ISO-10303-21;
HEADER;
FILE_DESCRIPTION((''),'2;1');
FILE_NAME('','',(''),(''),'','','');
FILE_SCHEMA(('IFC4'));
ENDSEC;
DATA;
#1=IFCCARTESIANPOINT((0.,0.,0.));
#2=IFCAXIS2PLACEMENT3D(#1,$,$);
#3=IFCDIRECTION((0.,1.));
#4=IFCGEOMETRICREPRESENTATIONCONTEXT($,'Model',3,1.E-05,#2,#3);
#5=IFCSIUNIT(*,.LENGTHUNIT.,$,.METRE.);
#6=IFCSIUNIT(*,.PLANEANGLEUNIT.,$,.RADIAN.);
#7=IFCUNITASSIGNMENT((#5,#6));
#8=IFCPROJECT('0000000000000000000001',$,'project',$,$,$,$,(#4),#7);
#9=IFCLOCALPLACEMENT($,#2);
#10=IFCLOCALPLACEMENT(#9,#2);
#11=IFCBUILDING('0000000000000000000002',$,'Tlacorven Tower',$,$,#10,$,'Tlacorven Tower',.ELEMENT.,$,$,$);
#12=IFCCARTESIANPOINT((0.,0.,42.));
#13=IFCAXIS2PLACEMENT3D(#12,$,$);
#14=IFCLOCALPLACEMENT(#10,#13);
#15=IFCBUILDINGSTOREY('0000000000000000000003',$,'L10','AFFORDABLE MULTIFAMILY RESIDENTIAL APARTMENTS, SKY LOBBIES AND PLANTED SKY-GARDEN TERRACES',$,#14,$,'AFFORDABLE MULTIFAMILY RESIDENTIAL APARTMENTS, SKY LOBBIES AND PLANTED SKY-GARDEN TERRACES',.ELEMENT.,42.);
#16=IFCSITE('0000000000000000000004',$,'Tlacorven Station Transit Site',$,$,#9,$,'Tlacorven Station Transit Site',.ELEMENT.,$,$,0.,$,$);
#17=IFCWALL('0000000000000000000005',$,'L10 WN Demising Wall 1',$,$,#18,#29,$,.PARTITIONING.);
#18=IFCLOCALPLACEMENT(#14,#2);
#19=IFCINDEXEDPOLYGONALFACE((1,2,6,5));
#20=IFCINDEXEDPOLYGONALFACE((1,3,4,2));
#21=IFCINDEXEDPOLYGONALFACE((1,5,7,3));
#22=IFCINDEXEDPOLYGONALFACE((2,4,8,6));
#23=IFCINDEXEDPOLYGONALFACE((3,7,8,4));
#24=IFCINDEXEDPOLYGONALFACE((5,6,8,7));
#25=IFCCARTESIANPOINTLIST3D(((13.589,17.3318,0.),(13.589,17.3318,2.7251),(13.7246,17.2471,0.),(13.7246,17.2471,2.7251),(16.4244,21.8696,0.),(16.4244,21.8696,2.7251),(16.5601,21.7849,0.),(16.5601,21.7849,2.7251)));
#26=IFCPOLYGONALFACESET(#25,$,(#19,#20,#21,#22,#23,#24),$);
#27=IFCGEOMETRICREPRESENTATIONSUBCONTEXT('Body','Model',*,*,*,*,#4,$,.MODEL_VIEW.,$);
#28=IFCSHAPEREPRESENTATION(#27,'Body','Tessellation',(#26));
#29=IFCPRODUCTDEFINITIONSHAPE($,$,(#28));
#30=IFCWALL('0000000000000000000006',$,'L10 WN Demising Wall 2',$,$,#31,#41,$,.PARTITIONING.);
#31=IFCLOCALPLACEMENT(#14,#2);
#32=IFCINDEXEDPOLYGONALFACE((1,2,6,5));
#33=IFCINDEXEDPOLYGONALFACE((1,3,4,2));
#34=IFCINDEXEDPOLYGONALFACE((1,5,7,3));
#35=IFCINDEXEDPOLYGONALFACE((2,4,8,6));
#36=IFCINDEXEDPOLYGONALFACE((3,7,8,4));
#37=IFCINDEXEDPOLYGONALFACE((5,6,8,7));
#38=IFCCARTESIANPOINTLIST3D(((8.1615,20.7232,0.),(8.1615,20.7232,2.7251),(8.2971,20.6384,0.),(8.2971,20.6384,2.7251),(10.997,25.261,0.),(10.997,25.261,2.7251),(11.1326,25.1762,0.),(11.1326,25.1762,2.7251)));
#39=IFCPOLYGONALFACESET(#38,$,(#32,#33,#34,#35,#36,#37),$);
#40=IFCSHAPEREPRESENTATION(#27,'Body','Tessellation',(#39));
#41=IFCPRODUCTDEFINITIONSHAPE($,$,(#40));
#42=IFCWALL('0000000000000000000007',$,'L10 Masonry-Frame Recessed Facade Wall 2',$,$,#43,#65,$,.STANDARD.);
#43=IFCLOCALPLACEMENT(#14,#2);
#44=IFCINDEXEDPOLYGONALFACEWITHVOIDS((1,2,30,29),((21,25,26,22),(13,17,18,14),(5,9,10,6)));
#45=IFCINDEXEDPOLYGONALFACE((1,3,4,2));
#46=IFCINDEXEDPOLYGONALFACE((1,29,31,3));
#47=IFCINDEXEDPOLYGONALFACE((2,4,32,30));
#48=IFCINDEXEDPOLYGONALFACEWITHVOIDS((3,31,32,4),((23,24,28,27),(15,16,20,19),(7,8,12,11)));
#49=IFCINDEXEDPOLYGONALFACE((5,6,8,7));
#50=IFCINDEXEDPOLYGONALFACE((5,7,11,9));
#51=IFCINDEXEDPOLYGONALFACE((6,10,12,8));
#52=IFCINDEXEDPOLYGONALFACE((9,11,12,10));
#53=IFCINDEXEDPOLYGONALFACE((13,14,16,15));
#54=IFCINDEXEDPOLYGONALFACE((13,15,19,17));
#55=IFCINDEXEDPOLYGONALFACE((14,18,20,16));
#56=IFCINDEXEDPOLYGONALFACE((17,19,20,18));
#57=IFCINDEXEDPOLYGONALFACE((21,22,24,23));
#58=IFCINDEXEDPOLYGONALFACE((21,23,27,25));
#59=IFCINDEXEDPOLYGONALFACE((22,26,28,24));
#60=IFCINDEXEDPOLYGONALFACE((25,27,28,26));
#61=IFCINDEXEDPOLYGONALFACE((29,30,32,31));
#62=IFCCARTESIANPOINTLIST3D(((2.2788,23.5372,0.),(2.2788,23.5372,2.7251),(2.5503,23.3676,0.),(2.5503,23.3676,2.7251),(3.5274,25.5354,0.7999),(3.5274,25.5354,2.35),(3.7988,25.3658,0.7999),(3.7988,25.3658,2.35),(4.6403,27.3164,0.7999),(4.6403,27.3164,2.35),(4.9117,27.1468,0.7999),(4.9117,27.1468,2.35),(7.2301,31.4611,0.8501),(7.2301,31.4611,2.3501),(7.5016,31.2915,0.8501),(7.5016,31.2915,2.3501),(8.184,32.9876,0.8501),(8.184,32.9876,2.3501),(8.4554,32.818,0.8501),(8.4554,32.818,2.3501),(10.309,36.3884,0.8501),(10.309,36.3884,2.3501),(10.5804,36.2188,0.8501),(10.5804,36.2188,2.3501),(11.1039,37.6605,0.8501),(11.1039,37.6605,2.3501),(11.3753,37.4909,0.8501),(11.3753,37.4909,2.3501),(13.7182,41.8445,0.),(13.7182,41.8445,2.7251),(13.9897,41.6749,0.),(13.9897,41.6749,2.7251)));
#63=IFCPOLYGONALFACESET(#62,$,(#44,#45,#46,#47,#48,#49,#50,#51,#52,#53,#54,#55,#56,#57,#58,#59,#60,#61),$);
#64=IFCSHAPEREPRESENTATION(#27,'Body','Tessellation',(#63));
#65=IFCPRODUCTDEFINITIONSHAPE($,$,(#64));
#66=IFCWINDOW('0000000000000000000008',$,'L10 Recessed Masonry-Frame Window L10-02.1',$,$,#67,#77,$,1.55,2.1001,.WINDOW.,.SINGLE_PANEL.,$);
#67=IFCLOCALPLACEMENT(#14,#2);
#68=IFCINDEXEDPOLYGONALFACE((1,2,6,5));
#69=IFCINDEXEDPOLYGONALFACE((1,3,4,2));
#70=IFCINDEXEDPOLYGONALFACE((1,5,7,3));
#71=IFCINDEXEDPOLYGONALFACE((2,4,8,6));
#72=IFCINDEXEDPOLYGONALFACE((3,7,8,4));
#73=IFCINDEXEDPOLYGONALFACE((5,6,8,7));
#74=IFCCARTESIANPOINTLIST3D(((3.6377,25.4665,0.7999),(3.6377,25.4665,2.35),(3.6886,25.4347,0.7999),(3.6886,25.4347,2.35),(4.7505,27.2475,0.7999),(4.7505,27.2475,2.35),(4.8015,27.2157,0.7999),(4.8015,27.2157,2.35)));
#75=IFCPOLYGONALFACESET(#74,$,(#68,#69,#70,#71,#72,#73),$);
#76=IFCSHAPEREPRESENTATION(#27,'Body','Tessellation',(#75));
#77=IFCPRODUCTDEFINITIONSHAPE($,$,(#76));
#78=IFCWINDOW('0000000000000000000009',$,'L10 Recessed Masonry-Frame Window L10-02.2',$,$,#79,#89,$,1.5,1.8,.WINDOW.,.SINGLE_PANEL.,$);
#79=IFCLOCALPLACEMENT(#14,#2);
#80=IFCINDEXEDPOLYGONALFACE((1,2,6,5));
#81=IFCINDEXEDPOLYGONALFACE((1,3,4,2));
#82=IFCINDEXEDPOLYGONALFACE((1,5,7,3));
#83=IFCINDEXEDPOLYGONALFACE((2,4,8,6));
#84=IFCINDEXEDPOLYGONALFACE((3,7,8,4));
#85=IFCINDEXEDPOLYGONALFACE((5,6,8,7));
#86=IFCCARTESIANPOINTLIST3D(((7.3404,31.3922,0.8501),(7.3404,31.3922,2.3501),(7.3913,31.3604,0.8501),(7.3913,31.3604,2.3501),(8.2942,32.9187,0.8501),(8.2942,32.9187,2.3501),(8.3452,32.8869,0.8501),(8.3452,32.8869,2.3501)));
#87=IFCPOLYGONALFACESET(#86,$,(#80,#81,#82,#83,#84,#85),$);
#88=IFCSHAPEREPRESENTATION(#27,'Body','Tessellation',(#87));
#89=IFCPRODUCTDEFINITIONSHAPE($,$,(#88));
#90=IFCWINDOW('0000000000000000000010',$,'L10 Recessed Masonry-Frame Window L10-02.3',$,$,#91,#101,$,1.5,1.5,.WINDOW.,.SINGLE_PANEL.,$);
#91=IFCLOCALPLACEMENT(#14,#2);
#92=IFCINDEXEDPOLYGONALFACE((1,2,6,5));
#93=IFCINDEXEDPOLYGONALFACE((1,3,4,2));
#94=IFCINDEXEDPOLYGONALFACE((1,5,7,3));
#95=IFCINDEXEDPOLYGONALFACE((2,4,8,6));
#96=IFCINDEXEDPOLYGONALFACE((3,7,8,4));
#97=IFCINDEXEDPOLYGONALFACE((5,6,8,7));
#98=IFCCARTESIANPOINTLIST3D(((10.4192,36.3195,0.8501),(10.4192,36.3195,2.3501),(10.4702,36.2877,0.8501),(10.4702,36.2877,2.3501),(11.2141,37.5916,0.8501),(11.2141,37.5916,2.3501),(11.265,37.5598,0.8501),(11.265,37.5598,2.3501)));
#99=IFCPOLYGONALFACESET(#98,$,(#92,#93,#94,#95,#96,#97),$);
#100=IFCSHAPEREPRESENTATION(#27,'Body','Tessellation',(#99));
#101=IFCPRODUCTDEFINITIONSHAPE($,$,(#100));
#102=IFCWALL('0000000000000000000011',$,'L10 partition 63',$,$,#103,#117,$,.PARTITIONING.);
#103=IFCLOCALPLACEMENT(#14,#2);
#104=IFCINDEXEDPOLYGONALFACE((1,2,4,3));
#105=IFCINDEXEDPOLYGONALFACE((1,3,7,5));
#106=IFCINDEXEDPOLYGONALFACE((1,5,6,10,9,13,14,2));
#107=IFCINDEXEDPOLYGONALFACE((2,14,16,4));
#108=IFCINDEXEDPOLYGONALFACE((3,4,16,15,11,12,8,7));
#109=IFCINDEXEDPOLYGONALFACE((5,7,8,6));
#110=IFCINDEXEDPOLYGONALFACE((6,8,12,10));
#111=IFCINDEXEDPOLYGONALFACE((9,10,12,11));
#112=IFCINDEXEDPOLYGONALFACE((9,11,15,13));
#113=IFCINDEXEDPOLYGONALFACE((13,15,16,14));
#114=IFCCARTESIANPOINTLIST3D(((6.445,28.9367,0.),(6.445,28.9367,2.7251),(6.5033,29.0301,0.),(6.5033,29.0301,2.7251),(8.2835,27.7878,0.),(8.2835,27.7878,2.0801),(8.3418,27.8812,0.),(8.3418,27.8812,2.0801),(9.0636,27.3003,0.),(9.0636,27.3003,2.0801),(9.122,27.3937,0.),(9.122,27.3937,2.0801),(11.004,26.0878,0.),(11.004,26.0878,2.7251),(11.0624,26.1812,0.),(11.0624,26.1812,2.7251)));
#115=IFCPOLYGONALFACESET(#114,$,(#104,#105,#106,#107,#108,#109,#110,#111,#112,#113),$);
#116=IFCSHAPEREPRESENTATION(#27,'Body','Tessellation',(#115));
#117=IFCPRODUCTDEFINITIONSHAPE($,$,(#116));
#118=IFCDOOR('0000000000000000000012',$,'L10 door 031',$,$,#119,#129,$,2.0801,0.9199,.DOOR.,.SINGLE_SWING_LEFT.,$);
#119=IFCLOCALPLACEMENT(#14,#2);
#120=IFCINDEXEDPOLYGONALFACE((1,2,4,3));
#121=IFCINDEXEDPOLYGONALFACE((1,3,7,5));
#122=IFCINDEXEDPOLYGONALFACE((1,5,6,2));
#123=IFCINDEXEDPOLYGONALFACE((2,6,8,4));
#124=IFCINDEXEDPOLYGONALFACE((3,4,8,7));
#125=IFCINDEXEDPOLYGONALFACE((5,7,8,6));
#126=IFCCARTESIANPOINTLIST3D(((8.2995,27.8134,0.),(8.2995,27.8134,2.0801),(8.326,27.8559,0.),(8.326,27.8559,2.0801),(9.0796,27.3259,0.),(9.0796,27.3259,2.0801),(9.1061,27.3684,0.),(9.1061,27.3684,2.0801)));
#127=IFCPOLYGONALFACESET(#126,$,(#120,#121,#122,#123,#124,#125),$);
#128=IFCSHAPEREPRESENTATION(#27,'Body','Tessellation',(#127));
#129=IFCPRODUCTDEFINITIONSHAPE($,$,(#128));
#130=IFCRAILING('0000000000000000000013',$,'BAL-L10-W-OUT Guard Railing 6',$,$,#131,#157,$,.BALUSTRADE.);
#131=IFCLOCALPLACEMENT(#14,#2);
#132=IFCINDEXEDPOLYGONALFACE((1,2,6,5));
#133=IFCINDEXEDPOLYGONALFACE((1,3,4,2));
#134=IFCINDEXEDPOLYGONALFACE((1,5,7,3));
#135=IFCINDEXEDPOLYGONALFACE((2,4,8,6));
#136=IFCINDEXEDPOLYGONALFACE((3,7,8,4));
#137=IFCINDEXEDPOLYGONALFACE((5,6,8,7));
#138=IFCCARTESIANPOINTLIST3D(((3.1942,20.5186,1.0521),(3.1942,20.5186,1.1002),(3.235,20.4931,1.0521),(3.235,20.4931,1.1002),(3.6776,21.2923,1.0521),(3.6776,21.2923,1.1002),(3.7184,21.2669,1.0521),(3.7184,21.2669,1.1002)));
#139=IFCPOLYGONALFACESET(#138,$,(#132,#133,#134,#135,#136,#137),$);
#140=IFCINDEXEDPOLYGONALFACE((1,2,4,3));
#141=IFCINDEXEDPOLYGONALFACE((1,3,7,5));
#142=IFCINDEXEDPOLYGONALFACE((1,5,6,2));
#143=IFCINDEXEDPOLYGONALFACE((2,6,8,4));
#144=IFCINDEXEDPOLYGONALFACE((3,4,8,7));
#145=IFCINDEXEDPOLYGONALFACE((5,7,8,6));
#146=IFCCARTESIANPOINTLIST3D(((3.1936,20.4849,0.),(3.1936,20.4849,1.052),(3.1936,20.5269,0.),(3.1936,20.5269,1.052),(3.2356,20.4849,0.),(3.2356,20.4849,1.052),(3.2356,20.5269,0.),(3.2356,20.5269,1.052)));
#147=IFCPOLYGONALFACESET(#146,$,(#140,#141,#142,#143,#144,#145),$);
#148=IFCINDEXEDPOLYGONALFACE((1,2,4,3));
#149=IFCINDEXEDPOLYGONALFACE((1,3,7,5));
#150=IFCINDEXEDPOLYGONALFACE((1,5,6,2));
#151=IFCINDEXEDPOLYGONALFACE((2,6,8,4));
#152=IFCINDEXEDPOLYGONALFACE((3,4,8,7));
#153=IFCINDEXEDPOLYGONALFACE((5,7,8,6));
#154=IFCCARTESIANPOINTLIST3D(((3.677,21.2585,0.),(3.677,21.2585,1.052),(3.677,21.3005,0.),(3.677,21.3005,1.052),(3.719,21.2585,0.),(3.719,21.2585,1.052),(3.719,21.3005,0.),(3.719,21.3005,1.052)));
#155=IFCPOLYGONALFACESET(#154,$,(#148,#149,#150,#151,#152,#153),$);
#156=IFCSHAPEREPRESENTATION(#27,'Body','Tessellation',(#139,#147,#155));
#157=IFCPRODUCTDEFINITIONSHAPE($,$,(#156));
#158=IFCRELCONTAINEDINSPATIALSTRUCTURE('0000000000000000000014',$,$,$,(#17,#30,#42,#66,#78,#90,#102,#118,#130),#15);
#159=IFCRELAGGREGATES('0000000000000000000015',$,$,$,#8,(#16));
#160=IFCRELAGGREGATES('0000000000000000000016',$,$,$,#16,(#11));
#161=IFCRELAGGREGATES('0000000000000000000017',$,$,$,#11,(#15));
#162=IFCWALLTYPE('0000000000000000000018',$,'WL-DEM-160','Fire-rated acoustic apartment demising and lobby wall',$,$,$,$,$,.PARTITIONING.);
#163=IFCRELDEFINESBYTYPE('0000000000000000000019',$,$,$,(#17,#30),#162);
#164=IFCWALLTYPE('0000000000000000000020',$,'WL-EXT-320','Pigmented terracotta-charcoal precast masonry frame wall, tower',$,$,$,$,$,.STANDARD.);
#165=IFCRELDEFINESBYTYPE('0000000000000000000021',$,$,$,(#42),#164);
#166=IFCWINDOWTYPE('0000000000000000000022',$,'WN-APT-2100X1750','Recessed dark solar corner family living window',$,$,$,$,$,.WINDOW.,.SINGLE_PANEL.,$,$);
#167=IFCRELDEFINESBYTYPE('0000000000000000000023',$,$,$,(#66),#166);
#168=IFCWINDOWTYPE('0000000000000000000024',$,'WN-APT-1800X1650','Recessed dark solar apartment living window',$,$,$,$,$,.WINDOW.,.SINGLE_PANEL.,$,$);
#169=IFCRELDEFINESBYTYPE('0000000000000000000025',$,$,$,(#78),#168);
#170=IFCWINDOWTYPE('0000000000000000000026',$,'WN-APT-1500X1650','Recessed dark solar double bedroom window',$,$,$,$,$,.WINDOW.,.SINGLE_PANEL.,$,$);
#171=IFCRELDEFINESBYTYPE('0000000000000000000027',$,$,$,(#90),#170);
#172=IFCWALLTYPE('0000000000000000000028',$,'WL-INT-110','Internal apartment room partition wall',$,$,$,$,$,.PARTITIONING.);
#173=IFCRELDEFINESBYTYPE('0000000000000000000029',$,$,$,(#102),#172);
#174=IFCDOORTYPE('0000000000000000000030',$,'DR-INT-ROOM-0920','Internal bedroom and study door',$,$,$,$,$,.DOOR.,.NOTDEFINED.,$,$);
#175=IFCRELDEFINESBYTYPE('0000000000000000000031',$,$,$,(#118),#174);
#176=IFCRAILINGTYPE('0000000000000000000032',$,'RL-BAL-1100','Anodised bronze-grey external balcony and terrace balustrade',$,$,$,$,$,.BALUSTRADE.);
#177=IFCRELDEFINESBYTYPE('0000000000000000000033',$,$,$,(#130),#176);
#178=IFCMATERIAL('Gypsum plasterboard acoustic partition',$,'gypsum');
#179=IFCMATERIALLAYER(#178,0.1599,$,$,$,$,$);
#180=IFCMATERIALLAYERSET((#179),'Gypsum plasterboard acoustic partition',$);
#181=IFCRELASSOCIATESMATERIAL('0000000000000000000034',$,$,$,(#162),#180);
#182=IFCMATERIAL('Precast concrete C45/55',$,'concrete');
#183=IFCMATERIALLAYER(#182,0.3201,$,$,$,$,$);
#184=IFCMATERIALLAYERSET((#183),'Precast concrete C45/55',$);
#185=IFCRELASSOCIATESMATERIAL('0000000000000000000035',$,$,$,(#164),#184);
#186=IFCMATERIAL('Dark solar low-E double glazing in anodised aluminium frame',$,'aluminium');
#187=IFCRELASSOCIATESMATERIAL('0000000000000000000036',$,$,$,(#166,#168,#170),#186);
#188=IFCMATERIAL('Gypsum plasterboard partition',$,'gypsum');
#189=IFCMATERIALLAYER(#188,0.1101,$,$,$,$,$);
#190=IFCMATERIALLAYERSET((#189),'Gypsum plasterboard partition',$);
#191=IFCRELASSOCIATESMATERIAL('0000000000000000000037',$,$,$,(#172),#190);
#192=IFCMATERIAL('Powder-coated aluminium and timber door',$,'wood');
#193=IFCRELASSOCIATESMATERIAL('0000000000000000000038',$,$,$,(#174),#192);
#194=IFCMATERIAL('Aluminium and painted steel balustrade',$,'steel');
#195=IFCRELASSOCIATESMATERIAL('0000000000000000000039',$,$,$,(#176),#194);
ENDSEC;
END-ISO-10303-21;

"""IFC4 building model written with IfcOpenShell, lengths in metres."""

from ifc_helpers import new_model, si_unit, direction, frame, frame_2d, origin, origin_2d, place, context, subcontext, project, spatial, rectangle, extrude, source, transform, mapped, material, layer, layer_set, type_object, element, fill, save


model = new_model("IFC4")

# Units and contexts
model_context = context("Model", 3, precision=1e-05, world=origin(), true_north=direction((0.0, 1.0)))
body_context = subcontext(model_context, "Body", "Model", "MODEL_VIEW")
ifc_project = project(units=[si_unit("LENGTHUNIT", "METRE"), si_unit("PLANEANGLEUNIT", "RADIAN")], contexts=[model_context])

# Site, building, storey
site_placement = place(None, origin())
site = spatial("IfcSite", under=ifc_project, at=site_placement, Name="Tlacorven Station Transit Site", LongName="Tlacorven Station Transit Site", CompositionType="ELEMENT", RefElevation=0.0)
building_placement = place(site_placement, origin())
building = spatial("IfcBuilding", under=site, at=building_placement, Name="Tlacorven Tower", LongName="Tlacorven Tower", CompositionType="ELEMENT")
storey_placement = place(building_placement, frame((0.0, 0.0, 42.0)))
storey = spatial("IfcBuildingStorey", under=building, at=storey_placement, Name="L10", Description="AFFORDABLE MULTIFAMILY RESIDENTIAL APARTMENTS, SKY LOBBIES AND PLANTED SKY-GARDEN TERRACES", LongName="AFFORDABLE MULTIFAMILY RESIDENTIAL APARTMENTS, SKY LOBBIES AND PLANTED SKY-GARDEN TERRACES", CompositionType="ELEMENT", Elevation=42.0)

# Walls
ifc_material_1 = material(Name="Gypsum plasterboard acoustic partition", Category="gypsum")
ifc_layer_1 = layer(ifc_material_1, 0.1599)
ifc_layer_set_1 = layer_set([ifc_layer_1], Name="Gypsum plasterboard acoustic partition")
wall_type_1 = type_object("IfcWallType", Name="WL-DEM-160", Description="Fire-rated acoustic apartment demising and lobby wall", PredefinedType="PARTITIONING", material=ifc_layer_set_1)
for number, where, z_axis, x_axis, name in (
    (1, (16.4922, 21.8271, 0.0), (0.0, 0.0, 1.0), (-0.529905, -0.848057, 0.0), "L10 WN Demising Wall 1"),
    (2, (11.0647, 25.2185, 0.0), (0.0, 0.0, 1.0), (-0.529905, -0.848057, 0.0), "L10 WN Demising Wall 2"),
):
    element("IfcWall", number, at=place(storey_placement, frame(where, z_axis=z_axis, x_axis=x_axis)), inside=storey, type_object=wall_type_1, Name=name, PredefinedType="PARTITIONING", context=body_context, shape_type="SweptSolid", body=[
        extrude(rectangle(XDim=5.3508, YDim=0.1599, at=frame_2d((2.6753, 0.0))), origin(), (0.0, 0.0, 1.0), 2.7251),
    ])

# Wall, openings, windows
ifc_material_2 = material(Name="Precast concrete C45/55", Category="concrete")
ifc_layer_2 = layer(ifc_material_2, 0.3201)
ifc_layer_set_2 = layer_set([ifc_layer_2], Name="Precast concrete C45/55")
wall_type_2 = type_object("IfcWallType", Name="WL-EXT-320", Description="Pigmented terracotta-charcoal precast masonry frame wall, tower", PredefinedType="STANDARD", material=ifc_layer_set_2)
wall_1_placement = place(storey_placement, frame((2.4146, 23.4524, 0.0), z_axis=(0.0, 0.0, 1.0), x_axis=(0.52991, 0.848054, 0.0)))
wall_1 = element("IfcWall", 3, at=wall_1_placement, inside=storey, type_object=wall_type_2, Name="L10 Masonry-Frame Recessed Facade Wall 2", PredefinedType="STANDARD", context=body_context, shape_type="SweptSolid", body=[
    extrude(rectangle(XDim=21.5874, YDim=0.3201, at=frame_2d((10.7937, 0.0))), origin(), (0.0, 0.0, 1.0), 2.7251),
])
opening_1_placement = place(wall_1_placement, frame((2.3562, 0.0, 0.8)))
opening_1 = element("IfcOpeningElement", 4, at=opening_1_placement, cuts=wall_1, PredefinedType="OPENING", context=body_context, shape_type="SweptSolid", body=[
    extrude(rectangle(XDim=2.1001, YDim=1.55, at=frame_2d((1.05, 0.7749))), frame((0.0, 0.1699, 0.0), z_axis=(0.0, -1.0, 0.0), x_axis=(1.0, 0.0, 0.0)), (0.0, 0.0, 1.0), 0.3401),
])
opening_2_placement = place(wall_1_placement, frame((9.3438, 0.0, 0.8501)))
opening_2 = element("IfcOpeningElement", 5, at=opening_2_placement, cuts=wall_1, PredefinedType="OPENING", context=body_context, shape_type="SweptSolid", body=[
    extrude(rectangle(XDim=1.8, YDim=1.5, at=frame_2d((0.8999, 0.75))), frame((0.0, 0.1699, 0.0), z_axis=(0.0, -1.0, 0.0), x_axis=(1.0, 0.0, 0.0)), (0.0, 0.0, 1.0), 0.3401),
])
opening_3_placement = place(wall_1_placement, frame((15.1538, 0.0, 0.8501)))
opening_3 = element("IfcOpeningElement", 6, at=opening_3_placement, cuts=wall_1, PredefinedType="OPENING", context=body_context, shape_type="SweptSolid", body=[
    extrude(rectangle(XDim=1.5, YDim=1.5, at=frame_2d((0.75, 0.75))), frame((0.0, 0.1699, 0.0), z_axis=(0.0, -1.0, 0.0), x_axis=(1.0, 0.0, 0.0)), (0.0, 0.0, 1.0), 0.3401),
])
ifc_material_3 = material(Name="Dark solar low-E double glazing in anodised aluminium frame", Category="aluminium")
window_type_1 = type_object("IfcWindowType", Name="WN-APT-2100X1750", Description="Recessed dark solar corner family living window", PartitioningType="SINGLE_PANEL", PredefinedType="WINDOW", material=ifc_material_3)
shared_shape_1 = source(origin(), body_context, "Body", "SweptSolid", [
    extrude(rectangle(XDim=2.1001, YDim=1.55, at=frame_2d((1.05, 0.7749))), frame((0.0, 0.03, 0.0), z_axis=(0.0, -1.0, 0.0), x_axis=(1.0, 0.0, 0.0)), (0.0, 0.0, 1.0), 0.0601),
])
window_1_placement = place(opening_1_placement, origin())
window_1 = element("IfcWindow", 7, at=window_1_placement, inside=storey, type_object=window_type_1, Name="L10 Recessed Masonry-Frame Window L10-02.1", OverallHeight=1.55, OverallWidth=2.1001, PartitioningType="SINGLE_PANEL", PredefinedType="WINDOW", context=body_context, shape_type="MappedRepresentation", body=[
    mapped(shared_shape_1, transform((0.0, 0.0, 0.0), scale=1.0)),
])
fill(opening_1, window_1)
window_type_2 = type_object("IfcWindowType", Name="WN-APT-1800X1650", Description="Recessed dark solar apartment living window", PartitioningType="SINGLE_PANEL", PredefinedType="WINDOW", material=ifc_material_3)
shared_shape_2 = source(origin(), body_context, "Body", "SweptSolid", [
    extrude(rectangle(XDim=1.8, YDim=1.5, at=frame_2d((0.8999, 0.75))), frame((0.0, 0.03, 0.0), z_axis=(0.0, -1.0, 0.0), x_axis=(1.0, 0.0, 0.0)), (0.0, 0.0, 1.0), 0.0601),
])
window_2_placement = place(opening_2_placement, origin())
window_2 = element("IfcWindow", 8, at=window_2_placement, inside=storey, type_object=window_type_2, Name="L10 Recessed Masonry-Frame Window L10-02.2", OverallHeight=1.5, OverallWidth=1.8, PartitioningType="SINGLE_PANEL", PredefinedType="WINDOW", context=body_context, shape_type="MappedRepresentation", body=[
    mapped(shared_shape_2, transform((0.0, 0.0, 0.0), scale=1.0)),
])
fill(opening_2, window_2)
window_type_3 = type_object("IfcWindowType", Name="WN-APT-1500X1650", Description="Recessed dark solar double bedroom window", PartitioningType="SINGLE_PANEL", PredefinedType="WINDOW", material=ifc_material_3)
shared_shape_3 = source(origin(), body_context, "Body", "SweptSolid", [
    extrude(rectangle(XDim=1.5, YDim=1.5, at=frame_2d((0.75, 0.75))), frame((0.0, 0.03, 0.0), z_axis=(0.0, -1.0, 0.0), x_axis=(1.0, 0.0, 0.0)), (0.0, 0.0, 1.0), 0.0601),
])
window_3_placement = place(opening_3_placement, origin())
window_3 = element("IfcWindow", 9, at=window_3_placement, inside=storey, type_object=window_type_3, Name="L10 Recessed Masonry-Frame Window L10-02.3", OverallHeight=1.5, OverallWidth=1.5, PartitioningType="SINGLE_PANEL", PredefinedType="WINDOW", context=body_context, shape_type="MappedRepresentation", body=[
    mapped(shared_shape_3, transform((0.0, 0.0, 0.0), scale=1.0)),
])
fill(opening_3, window_3)

# Wall, opening, door
ifc_material_4 = material(Name="Gypsum plasterboard partition", Category="gypsum")
ifc_layer_3 = layer(ifc_material_4, 0.1101)
ifc_layer_set_3 = layer_set([ifc_layer_3], Name="Gypsum plasterboard partition")
wall_type_3 = type_object("IfcWallType", Name="WL-INT-110", Description="Internal apartment room partition wall", PredefinedType="PARTITIONING", material=ifc_layer_set_3)
wall_2_placement = place(storey_placement, frame((11.0332, 26.1345, 0.0), z_axis=(0.0, 0.0, 1.0), x_axis=(-0.848044, 0.529925, 0.0)))
wall_2 = element("IfcWall", 10, at=wall_2_placement, inside=storey, type_object=wall_type_3, Name="L10 partition 63", PredefinedType="PARTITIONING", context=body_context, shape_type="SweptSolid", body=[
    extrude(rectangle(XDim=5.376, YDim=0.1101, at=frame_2d((2.688, 0.0))), origin(), (0.0, 0.0, 1.0), 2.7251),
])
opening_4_placement = place(wall_2_placement, frame((2.2881, 0.0, 0.0)))
opening_4 = element("IfcOpeningElement", 11, at=opening_4_placement, cuts=wall_2, PredefinedType="OPENING", context=body_context, shape_type="SweptSolid", body=[
    extrude(rectangle(XDim=0.9199, YDim=2.0801, at=frame_2d((0.46, 1.04))), frame((0.0, 0.0649, 0.0), z_axis=(0.0, -1.0, 0.0), x_axis=(1.0, 0.0, 0.0)), (0.0, 0.0, 1.0), 0.1301),
])
ifc_material_5 = material(Name="Powder-coated aluminium and timber door", Category="wood")
door_type = type_object("IfcDoorType", Name="DR-INT-ROOM-0920", Description="Internal bedroom and study door", OperationType="NOTDEFINED", PredefinedType="DOOR", material=ifc_material_5)
shared_shape_4 = source(origin(), body_context, "Body", "SweptSolid", [
    extrude(rectangle(XDim=0.9199, YDim=2.0801, at=frame_2d((0.46, 1.04))), frame((0.0, 0.0249, 0.0), z_axis=(0.0, -1.0, 0.0), x_axis=(1.0, 0.0, 0.0)), (0.0, 0.0, 1.0), 0.05),
])
door_placement = place(opening_4_placement, origin())
door = element("IfcDoor", 12, at=door_placement, inside=storey, type_object=door_type, Name="L10 door 031", OperationType="SINGLE_SWING_LEFT", OverallHeight=2.0801, OverallWidth=0.9199, PredefinedType="DOOR", context=body_context, shape_type="MappedRepresentation", body=[
    mapped(shared_shape_4, transform((0.0, 0.0, 0.0), scale=1.0)),
])
fill(opening_4, door)

# Railing
ifc_material_6 = material(Name="Aluminium and painted steel balustrade", Category="steel")
railing_type = type_object("IfcRailingType", Name="RL-BAL-1100", Description="Anodised bronze-grey external balcony and terrace balustrade", PredefinedType="BALUSTRADE", material=ifc_material_6)
shared_shape_5 = source(origin(), body_context, "Body", "SweptSolid", [
    extrude(rectangle(XDim=0.0481, YDim=0.0481, at=origin_2d()), frame((0.0, 0.0, 1.0762), z_axis=(0.529879, 0.848073, 0.0), x_axis=(-0.848073, 0.529879, 0.0)), (0.0, 0.0, 1.0), 0.9124),
    extrude(rectangle(XDim=0.042, YDim=0.042, at=origin_2d()), origin(), (0.0, 0.0, 1.0), 1.052),
    extrude(rectangle(XDim=0.042, YDim=0.042, at=origin_2d()), frame((0.4834, 0.7737, 0.0)), (0.0, 0.0, 1.0), 1.052),
])
railing_1_placement = place(storey_placement, frame((3.2146, 20.5059, 0.0)))
element("IfcRailing", 13, at=railing_1_placement, inside=storey, type_object=railing_type, Name="BAL-L10-W-OUT Guard Railing 6", PredefinedType="BALUSTRADE", context=body_context, shape_type="MappedRepresentation", body=[
    mapped(shared_shape_5, transform((0.0, 0.0, 0.0), scale=1.0)),
])

save(model, "model.ifc")
